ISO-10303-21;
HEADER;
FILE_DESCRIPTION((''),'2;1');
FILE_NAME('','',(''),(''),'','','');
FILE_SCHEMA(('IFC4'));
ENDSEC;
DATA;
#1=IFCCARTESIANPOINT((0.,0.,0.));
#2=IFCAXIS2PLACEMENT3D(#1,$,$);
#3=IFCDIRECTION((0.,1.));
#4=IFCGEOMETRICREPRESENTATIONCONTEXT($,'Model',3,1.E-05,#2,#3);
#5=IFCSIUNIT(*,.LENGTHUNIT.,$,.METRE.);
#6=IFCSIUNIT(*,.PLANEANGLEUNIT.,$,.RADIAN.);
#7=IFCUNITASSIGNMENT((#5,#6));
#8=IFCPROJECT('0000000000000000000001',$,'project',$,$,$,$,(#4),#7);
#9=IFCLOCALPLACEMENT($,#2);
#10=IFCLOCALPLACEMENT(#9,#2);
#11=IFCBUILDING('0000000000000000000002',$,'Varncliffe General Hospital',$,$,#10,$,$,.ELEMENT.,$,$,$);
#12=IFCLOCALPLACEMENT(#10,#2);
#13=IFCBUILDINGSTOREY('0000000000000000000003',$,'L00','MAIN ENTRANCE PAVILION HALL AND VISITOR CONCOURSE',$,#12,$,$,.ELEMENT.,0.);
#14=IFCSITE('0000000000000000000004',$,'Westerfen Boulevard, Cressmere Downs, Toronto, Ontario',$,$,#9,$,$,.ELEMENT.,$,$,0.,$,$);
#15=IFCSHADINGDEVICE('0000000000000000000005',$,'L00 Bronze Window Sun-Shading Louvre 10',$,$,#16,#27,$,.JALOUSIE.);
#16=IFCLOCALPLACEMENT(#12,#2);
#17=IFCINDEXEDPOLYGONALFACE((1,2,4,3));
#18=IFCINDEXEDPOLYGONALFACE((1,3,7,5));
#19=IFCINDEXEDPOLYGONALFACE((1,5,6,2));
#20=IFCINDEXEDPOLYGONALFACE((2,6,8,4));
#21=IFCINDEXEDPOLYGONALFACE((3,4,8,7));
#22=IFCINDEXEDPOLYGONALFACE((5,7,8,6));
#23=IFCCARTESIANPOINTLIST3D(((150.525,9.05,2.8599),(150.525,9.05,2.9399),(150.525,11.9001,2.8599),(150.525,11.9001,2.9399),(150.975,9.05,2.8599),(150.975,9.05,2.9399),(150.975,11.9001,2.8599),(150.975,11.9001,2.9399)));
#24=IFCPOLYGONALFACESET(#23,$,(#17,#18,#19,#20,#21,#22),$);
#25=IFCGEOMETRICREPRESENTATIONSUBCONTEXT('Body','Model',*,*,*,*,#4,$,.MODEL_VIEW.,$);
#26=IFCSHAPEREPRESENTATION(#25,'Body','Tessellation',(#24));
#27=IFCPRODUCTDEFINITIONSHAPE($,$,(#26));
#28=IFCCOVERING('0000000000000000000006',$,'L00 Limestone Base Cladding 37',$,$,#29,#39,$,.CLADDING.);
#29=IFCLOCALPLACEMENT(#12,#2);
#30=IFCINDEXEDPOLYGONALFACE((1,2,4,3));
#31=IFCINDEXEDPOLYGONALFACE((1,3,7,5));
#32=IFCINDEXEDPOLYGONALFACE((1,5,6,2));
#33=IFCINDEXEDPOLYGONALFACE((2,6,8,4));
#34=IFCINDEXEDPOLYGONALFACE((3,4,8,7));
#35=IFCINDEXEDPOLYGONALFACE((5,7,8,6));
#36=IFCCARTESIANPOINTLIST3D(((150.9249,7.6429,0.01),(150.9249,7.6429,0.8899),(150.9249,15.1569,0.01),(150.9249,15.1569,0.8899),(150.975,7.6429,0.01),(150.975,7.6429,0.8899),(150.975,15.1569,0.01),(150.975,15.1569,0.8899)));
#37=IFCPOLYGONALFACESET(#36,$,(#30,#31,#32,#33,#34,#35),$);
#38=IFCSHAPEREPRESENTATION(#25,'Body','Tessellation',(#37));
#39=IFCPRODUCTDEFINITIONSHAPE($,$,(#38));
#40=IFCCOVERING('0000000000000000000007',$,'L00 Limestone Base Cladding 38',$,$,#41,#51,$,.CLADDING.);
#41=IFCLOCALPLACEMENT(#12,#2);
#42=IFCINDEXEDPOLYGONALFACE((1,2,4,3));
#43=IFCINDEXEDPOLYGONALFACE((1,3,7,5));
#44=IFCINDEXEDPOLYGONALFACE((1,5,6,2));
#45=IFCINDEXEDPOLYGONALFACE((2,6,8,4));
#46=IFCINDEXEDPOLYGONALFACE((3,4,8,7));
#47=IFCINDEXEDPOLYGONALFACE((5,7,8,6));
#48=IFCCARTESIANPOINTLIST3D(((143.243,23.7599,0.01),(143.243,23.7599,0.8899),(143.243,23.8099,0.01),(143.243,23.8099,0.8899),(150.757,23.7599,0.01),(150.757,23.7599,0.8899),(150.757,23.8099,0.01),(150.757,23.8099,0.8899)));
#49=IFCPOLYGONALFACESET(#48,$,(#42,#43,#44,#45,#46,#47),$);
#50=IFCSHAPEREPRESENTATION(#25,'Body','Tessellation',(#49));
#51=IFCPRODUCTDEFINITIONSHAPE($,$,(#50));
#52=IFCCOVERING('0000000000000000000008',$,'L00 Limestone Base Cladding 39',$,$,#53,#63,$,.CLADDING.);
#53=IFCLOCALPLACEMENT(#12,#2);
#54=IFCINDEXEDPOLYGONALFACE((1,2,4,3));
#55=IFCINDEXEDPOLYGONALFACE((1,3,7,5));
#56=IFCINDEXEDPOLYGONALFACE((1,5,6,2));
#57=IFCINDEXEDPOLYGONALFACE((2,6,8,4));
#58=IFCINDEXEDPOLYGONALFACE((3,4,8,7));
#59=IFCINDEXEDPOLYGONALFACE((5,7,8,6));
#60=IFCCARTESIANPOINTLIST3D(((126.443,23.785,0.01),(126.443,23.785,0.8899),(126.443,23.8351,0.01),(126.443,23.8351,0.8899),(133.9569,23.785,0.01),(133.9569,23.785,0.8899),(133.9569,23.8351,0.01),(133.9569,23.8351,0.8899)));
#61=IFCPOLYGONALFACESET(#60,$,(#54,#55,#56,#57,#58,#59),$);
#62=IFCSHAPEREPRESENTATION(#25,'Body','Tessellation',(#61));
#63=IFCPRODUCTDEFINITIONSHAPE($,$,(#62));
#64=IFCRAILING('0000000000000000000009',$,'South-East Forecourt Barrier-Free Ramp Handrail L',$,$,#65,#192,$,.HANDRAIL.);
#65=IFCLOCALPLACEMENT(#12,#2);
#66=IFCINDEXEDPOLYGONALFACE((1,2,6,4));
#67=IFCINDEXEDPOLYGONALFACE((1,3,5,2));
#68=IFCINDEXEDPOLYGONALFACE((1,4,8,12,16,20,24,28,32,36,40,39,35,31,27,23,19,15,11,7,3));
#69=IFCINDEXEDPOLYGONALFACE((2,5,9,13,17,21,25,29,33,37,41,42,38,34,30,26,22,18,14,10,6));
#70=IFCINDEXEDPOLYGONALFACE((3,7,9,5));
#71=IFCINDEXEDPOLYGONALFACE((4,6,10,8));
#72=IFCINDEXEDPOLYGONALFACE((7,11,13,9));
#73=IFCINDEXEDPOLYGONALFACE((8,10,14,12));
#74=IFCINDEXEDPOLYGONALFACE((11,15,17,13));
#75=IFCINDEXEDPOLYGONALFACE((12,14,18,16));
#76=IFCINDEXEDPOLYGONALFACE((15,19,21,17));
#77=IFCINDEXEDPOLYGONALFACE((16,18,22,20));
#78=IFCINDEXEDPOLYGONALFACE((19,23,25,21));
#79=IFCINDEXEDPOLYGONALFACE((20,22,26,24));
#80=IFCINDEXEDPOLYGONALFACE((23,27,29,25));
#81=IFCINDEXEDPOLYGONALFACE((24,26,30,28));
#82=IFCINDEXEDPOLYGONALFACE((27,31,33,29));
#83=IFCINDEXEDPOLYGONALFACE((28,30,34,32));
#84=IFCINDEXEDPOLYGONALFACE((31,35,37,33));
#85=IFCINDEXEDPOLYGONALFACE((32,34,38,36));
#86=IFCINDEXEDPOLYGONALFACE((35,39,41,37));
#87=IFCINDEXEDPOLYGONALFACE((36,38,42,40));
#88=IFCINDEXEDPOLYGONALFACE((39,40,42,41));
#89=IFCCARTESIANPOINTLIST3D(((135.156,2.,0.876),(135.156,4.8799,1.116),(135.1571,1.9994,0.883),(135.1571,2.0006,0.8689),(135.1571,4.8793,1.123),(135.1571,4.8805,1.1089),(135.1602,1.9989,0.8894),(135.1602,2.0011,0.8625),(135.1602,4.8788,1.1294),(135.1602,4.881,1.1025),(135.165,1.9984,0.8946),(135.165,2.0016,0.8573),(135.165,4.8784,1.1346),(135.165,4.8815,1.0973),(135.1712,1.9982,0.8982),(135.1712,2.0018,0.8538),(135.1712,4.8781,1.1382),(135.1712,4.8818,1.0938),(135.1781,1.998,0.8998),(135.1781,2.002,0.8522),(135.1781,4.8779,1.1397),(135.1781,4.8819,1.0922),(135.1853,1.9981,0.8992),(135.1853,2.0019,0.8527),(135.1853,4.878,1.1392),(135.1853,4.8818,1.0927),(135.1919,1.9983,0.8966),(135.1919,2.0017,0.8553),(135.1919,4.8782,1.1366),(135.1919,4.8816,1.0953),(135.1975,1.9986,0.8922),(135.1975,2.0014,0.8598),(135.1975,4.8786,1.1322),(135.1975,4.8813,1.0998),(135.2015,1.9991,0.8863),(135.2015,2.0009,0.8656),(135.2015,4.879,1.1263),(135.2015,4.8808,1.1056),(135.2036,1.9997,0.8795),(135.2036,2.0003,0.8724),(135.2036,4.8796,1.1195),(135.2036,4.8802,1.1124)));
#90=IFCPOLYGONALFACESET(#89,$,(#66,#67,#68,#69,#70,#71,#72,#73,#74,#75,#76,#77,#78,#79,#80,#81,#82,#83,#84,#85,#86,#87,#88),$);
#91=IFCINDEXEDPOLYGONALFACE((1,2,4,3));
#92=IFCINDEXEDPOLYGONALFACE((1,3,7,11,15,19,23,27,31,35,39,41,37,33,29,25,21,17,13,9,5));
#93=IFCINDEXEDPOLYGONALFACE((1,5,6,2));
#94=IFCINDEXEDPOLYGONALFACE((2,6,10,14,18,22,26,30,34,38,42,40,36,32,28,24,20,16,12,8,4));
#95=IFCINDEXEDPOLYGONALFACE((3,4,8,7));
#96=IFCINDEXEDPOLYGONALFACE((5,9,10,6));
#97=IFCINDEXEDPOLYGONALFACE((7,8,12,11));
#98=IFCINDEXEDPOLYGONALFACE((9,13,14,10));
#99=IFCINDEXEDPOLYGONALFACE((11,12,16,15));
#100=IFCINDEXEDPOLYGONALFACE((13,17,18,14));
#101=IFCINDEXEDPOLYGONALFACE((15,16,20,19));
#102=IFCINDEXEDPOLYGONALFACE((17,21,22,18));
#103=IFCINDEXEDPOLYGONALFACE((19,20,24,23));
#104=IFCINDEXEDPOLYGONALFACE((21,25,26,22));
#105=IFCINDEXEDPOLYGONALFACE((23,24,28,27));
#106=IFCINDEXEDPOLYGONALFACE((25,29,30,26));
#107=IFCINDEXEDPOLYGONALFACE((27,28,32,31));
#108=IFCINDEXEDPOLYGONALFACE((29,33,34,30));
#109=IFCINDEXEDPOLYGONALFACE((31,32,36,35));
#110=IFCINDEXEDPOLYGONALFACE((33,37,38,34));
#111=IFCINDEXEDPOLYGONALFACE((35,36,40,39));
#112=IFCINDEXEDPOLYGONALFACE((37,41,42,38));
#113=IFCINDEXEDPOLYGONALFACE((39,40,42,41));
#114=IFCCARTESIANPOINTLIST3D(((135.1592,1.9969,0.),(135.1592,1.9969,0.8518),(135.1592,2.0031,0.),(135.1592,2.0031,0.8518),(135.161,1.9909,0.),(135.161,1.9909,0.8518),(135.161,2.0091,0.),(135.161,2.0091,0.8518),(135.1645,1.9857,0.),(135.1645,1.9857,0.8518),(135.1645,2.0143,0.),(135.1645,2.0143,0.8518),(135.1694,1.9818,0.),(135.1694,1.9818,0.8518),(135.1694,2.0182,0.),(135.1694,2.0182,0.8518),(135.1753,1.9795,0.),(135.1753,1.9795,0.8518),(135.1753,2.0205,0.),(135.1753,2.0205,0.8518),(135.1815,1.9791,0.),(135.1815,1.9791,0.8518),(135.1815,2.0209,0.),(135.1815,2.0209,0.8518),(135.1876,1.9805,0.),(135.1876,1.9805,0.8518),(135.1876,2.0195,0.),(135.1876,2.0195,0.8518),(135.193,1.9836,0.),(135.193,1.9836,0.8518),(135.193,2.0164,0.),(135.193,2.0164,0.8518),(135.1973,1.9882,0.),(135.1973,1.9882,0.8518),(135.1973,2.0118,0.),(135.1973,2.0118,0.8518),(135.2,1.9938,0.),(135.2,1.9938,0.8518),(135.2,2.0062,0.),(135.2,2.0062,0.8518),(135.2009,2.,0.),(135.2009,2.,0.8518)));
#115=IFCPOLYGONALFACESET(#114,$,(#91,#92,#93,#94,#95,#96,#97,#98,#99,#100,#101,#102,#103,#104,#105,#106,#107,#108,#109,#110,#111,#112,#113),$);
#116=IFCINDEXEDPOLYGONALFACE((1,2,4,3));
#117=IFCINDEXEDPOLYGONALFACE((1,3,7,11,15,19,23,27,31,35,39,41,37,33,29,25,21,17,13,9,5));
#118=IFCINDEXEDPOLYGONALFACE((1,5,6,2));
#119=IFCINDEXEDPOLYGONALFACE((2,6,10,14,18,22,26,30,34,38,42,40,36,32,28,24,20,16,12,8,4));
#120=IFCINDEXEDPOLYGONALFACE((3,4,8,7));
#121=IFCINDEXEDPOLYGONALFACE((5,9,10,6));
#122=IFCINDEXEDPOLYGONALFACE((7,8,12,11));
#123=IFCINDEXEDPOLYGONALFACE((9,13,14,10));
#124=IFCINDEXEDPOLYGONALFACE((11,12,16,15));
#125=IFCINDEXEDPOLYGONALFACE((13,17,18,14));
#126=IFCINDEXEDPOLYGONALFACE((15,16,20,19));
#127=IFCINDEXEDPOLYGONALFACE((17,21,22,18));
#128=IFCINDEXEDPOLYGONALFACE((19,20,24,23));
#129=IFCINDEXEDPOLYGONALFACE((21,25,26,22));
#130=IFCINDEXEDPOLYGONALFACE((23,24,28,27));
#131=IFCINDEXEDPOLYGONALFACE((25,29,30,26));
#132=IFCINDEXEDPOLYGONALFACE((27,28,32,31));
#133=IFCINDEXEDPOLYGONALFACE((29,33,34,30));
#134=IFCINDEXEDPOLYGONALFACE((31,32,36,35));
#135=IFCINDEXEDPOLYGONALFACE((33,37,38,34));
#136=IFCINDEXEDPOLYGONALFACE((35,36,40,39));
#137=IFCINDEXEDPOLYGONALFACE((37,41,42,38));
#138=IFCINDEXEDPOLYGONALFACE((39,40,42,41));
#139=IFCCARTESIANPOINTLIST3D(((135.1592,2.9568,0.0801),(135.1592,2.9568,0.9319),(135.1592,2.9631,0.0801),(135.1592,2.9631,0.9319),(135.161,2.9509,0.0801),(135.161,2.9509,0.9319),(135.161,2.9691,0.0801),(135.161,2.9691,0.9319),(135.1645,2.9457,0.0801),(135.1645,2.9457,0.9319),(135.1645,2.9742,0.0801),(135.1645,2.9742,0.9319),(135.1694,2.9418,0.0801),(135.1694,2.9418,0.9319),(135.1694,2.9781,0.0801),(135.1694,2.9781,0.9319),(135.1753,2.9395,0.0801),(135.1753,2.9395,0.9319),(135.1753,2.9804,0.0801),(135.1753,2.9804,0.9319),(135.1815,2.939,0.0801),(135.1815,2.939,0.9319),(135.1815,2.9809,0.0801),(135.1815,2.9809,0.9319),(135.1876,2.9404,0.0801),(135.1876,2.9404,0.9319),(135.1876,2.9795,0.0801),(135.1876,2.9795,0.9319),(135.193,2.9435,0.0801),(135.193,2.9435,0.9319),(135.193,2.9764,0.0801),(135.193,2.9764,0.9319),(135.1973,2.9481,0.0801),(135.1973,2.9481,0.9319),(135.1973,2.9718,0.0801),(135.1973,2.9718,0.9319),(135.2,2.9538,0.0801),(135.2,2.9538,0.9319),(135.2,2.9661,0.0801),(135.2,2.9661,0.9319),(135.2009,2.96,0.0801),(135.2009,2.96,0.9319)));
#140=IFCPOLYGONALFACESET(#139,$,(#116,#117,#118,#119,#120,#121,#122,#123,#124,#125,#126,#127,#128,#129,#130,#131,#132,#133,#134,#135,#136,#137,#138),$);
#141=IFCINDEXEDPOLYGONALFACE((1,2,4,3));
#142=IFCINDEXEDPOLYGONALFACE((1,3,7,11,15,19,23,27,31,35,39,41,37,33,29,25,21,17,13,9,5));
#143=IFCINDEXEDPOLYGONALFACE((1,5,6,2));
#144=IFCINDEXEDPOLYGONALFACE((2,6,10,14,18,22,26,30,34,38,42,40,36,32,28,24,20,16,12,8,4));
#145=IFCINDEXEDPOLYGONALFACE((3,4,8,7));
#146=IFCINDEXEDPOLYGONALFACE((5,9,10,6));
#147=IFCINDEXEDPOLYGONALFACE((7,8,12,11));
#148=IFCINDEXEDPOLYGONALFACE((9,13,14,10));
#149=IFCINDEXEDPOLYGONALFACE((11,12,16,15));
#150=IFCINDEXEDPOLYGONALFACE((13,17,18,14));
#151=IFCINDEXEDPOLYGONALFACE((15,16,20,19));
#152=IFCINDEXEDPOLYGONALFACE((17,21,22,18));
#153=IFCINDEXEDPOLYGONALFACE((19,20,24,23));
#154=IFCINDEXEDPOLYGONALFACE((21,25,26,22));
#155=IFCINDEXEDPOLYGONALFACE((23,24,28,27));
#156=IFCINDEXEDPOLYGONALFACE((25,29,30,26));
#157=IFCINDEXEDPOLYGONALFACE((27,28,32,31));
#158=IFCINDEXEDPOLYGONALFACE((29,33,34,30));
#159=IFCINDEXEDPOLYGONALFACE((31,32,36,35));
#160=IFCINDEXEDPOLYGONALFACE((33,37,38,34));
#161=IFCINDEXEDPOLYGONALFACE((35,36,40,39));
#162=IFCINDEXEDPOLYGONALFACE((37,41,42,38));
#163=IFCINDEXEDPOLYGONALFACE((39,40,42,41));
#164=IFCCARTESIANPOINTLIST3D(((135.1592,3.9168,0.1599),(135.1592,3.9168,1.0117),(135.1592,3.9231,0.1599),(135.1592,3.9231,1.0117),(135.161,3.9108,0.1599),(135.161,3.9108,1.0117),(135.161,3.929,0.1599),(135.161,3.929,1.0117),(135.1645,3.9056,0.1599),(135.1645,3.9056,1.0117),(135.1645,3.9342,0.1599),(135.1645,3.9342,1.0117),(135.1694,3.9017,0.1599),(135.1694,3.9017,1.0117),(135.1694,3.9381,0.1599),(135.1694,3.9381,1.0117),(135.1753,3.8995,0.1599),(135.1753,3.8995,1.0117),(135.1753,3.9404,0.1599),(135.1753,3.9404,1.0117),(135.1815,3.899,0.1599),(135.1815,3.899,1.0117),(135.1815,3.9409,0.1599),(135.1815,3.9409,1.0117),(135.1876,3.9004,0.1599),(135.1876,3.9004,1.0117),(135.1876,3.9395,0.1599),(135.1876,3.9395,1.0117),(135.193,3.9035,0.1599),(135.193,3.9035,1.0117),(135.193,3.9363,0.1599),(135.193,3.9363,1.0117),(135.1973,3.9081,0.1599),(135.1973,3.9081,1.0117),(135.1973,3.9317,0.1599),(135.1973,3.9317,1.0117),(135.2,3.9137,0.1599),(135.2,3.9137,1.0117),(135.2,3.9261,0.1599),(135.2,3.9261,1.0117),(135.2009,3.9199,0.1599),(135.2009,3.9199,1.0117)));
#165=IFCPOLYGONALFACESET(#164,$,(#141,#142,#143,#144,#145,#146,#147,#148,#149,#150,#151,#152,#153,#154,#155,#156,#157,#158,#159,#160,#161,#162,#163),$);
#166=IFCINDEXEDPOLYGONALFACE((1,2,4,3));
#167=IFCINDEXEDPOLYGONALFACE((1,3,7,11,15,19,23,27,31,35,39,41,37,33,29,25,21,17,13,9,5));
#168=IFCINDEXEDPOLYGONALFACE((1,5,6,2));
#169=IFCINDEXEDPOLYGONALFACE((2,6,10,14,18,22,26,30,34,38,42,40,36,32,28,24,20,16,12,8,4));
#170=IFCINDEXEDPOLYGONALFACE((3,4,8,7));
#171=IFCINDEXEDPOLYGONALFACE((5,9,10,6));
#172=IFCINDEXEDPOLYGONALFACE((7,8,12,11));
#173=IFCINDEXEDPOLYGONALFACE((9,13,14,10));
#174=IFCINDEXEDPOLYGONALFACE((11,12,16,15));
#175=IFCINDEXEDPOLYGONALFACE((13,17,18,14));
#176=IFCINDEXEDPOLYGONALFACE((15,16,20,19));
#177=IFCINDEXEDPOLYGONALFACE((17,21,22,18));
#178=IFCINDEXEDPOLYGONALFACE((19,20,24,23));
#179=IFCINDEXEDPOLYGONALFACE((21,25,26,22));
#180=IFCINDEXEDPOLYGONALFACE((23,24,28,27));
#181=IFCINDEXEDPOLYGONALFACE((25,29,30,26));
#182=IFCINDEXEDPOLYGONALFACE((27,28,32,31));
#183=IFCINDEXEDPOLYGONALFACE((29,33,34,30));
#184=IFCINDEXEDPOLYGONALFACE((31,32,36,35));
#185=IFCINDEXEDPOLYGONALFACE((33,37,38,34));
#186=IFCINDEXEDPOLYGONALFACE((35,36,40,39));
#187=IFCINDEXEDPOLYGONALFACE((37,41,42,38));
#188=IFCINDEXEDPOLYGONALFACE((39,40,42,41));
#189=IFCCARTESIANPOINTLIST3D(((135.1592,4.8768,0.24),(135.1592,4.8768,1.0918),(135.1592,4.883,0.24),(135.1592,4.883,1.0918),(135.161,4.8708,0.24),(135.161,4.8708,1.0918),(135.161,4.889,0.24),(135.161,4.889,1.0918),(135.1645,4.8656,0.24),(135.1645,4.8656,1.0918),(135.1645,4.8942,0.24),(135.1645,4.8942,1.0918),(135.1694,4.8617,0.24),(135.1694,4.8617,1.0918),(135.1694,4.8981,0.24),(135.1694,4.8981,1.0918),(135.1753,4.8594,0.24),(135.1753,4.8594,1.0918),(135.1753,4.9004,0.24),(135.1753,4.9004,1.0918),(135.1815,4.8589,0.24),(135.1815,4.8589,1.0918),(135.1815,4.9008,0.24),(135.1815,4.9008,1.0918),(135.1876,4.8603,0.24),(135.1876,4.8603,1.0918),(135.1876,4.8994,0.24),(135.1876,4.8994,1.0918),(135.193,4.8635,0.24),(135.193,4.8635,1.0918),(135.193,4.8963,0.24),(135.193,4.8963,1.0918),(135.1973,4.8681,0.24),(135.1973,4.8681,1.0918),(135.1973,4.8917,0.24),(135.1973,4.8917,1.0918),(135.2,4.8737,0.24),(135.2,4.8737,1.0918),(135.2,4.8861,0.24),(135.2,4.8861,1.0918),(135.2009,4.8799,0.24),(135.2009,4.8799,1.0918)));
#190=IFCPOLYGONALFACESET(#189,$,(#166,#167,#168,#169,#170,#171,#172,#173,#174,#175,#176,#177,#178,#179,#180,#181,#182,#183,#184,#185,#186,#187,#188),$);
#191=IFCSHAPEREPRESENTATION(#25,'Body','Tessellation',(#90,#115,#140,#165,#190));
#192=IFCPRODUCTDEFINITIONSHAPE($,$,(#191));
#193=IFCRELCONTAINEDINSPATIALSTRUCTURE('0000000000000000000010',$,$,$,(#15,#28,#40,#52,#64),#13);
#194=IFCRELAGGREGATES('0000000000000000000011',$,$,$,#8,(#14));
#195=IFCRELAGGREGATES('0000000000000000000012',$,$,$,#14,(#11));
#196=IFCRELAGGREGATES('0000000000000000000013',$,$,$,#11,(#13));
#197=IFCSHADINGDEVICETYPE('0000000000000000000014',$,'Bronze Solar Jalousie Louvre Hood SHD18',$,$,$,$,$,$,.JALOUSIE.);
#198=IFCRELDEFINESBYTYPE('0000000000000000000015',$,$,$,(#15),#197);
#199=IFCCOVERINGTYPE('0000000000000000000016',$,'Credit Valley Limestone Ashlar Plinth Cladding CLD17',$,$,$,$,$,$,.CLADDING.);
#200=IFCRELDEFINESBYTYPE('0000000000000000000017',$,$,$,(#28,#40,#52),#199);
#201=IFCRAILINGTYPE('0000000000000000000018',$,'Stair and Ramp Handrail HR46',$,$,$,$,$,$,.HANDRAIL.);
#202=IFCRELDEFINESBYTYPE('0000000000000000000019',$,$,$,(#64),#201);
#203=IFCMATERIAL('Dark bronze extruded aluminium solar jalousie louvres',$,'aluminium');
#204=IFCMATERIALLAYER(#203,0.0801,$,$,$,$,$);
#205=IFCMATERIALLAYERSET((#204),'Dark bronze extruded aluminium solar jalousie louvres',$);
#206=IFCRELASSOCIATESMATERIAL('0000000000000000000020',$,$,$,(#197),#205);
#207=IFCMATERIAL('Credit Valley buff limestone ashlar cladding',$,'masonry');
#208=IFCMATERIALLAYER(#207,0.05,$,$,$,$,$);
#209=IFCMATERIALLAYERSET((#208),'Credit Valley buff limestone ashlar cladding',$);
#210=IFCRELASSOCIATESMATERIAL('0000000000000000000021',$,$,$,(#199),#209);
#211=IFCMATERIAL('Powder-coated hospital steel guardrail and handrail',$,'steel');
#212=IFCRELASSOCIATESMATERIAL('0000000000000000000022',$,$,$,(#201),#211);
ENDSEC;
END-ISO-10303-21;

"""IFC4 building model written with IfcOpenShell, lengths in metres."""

from ifc_helpers import new_model, si_unit, direction, frame, origin, origin_2d, place, context, subcontext, project, spatial, rectangle, circle, extrude, material, layer, layer_set, type_object, element, save


model = new_model("IFC4")

# Units and contexts
model_context = context("Model", 3, precision=1e-05, world=origin(), true_north=direction((0.0, 1.0)))
body_context = subcontext(model_context, "Body", "Model", "MODEL_VIEW")
ifc_project = project(units=[si_unit("LENGTHUNIT", "METRE"), si_unit("PLANEANGLEUNIT", "RADIAN")], contexts=[model_context])

# Site, building, storey
site_placement = place(None, origin())
site = spatial("IfcSite", under=ifc_project, at=site_placement, Name="Westerfen Boulevard, Cressmere Downs, Toronto, Ontario", CompositionType="ELEMENT", RefElevation=0.0)
building_placement = place(site_placement, origin())
building = spatial("IfcBuilding", under=site, at=building_placement, Name="Varncliffe General Hospital", CompositionType="ELEMENT")
storey_placement = place(building_placement, origin())
storey = spatial("IfcBuildingStorey", under=building, at=storey_placement, Name="L00", Description="MAIN ENTRANCE PAVILION HALL AND VISITOR CONCOURSE", CompositionType="ELEMENT", Elevation=0.0)

# Shading device
ifc_material_1 = material(Name="Dark bronze extruded aluminium solar jalousie louvres", Category="aluminium")
ifc_layer_1 = layer(ifc_material_1, 0.0801)
ifc_layer_set_1 = layer_set([ifc_layer_1], Name="Dark bronze extruded aluminium solar jalousie louvres")
shading_device_type = type_object("IfcShadingDeviceType", Name="Bronze Solar Jalousie Louvre Hood SHD18", PredefinedType="JALOUSIE", material=ifc_layer_set_1)
shading_device_placement = place(storey_placement, frame((150.75, 10.4751, 2.8599), z_axis=(0.0, 0.0, 1.0), x_axis=(0.0, 1.0, 0.0)))
element("IfcShadingDevice", 1, at=shading_device_placement, inside=storey, type_object=shading_device_type, Name="L00 Bronze Window Sun-Shading Louvre 10", PredefinedType="JALOUSIE", context=body_context, shape_type="SweptSolid", body=[
    extrude(rectangle(XDim=2.8501, YDim=0.45, at=origin_2d()), origin(), (0.0, 0.0, 1.0), 0.0801),
])

# Coverings
ifc_material_2 = material(Name="Credit Valley buff limestone ashlar cladding", Category="masonry")
ifc_layer_2 = layer(ifc_material_2, 0.05)
ifc_layer_set_2 = layer_set([ifc_layer_2], Name="Credit Valley buff limestone ashlar cladding")
covering_type = type_object("IfcCoveringType", Name="Credit Valley Limestone Ashlar Plinth Cladding CLD17", PredefinedType="CLADDING", material=ifc_layer_set_2)
for number, where, z_axis, x_axis, name in (
    (2, (150.95, 11.3999, 0.01), (0.0, 0.0, 1.0), (0.0, 1.0, 0.0), "L00 Limestone Base Cladding 37"),
    (3, (147.0, 23.7849, 0.01), (0.0, 0.0, 1.0), (-1.0, 0.0, 0.0), "L00 Limestone Base Cladding 38"),
    (4, (130.2, 23.8101, 0.01), (0.0, 0.0, 1.0), (-1.0, 0.0, 0.0), "L00 Limestone Base Cladding 39"),
):
    element("IfcCovering", number, at=place(storey_placement, frame(where, z_axis=z_axis, x_axis=x_axis)), inside=storey, type_object=covering_type, Name=name, PredefinedType="CLADDING", context=body_context, shape_type="SweptSolid", body=[
        extrude(rectangle(XDim=7.5139, YDim=0.05, at=origin_2d()), origin(), (0.0, 0.0, 1.0), 0.8799),
    ])

# Railing
ifc_material_3 = material(Name="Powder-coated hospital steel guardrail and handrail", Category="steel")
railing_type = type_object("IfcRailingType", Name="Stair and Ramp Handrail HR46", PredefinedType="HANDRAIL", material=ifc_material_3)
for number, where, name in (
    (5, (135.1799, 2.0, 0.0), "South-East Forecourt Barrier-Free Ramp Handrail L"),
):
    element("IfcRailing", number, at=place(storey_placement, frame(where)), inside=storey, type_object=railing_type, Name=name, PredefinedType="HANDRAIL", context=body_context, shape_type="SweptSolid", body=[
        extrude(circle(Radius=0.0239, at=origin_2d()), frame((0.0, 0.0, 0.876), z_axis=(0.0, 0.996546, 0.083045), x_axis=(-1.0, 0.0, 0.0)), (0.0, 0.0, 1.0), 2.8899),
        extrude(circle(Radius=0.021, at=origin_2d()), origin(), (0.0, 0.0, 1.0), 0.8518),
        extrude(circle(Radius=0.021, at=origin_2d()), frame((0.0, 0.96, 0.0801)), (0.0, 0.0, 1.0), 0.8518),
        extrude(circle(Radius=0.021, at=origin_2d()), frame((0.0, 1.9199, 0.1599)), (0.0, 0.0, 1.0), 0.8518),
        extrude(circle(Radius=0.021, at=origin_2d()), frame((0.0, 2.8799, 0.24)), (0.0, 0.0, 1.0), 0.8518),
    ])

save(model, "model.ifc")
